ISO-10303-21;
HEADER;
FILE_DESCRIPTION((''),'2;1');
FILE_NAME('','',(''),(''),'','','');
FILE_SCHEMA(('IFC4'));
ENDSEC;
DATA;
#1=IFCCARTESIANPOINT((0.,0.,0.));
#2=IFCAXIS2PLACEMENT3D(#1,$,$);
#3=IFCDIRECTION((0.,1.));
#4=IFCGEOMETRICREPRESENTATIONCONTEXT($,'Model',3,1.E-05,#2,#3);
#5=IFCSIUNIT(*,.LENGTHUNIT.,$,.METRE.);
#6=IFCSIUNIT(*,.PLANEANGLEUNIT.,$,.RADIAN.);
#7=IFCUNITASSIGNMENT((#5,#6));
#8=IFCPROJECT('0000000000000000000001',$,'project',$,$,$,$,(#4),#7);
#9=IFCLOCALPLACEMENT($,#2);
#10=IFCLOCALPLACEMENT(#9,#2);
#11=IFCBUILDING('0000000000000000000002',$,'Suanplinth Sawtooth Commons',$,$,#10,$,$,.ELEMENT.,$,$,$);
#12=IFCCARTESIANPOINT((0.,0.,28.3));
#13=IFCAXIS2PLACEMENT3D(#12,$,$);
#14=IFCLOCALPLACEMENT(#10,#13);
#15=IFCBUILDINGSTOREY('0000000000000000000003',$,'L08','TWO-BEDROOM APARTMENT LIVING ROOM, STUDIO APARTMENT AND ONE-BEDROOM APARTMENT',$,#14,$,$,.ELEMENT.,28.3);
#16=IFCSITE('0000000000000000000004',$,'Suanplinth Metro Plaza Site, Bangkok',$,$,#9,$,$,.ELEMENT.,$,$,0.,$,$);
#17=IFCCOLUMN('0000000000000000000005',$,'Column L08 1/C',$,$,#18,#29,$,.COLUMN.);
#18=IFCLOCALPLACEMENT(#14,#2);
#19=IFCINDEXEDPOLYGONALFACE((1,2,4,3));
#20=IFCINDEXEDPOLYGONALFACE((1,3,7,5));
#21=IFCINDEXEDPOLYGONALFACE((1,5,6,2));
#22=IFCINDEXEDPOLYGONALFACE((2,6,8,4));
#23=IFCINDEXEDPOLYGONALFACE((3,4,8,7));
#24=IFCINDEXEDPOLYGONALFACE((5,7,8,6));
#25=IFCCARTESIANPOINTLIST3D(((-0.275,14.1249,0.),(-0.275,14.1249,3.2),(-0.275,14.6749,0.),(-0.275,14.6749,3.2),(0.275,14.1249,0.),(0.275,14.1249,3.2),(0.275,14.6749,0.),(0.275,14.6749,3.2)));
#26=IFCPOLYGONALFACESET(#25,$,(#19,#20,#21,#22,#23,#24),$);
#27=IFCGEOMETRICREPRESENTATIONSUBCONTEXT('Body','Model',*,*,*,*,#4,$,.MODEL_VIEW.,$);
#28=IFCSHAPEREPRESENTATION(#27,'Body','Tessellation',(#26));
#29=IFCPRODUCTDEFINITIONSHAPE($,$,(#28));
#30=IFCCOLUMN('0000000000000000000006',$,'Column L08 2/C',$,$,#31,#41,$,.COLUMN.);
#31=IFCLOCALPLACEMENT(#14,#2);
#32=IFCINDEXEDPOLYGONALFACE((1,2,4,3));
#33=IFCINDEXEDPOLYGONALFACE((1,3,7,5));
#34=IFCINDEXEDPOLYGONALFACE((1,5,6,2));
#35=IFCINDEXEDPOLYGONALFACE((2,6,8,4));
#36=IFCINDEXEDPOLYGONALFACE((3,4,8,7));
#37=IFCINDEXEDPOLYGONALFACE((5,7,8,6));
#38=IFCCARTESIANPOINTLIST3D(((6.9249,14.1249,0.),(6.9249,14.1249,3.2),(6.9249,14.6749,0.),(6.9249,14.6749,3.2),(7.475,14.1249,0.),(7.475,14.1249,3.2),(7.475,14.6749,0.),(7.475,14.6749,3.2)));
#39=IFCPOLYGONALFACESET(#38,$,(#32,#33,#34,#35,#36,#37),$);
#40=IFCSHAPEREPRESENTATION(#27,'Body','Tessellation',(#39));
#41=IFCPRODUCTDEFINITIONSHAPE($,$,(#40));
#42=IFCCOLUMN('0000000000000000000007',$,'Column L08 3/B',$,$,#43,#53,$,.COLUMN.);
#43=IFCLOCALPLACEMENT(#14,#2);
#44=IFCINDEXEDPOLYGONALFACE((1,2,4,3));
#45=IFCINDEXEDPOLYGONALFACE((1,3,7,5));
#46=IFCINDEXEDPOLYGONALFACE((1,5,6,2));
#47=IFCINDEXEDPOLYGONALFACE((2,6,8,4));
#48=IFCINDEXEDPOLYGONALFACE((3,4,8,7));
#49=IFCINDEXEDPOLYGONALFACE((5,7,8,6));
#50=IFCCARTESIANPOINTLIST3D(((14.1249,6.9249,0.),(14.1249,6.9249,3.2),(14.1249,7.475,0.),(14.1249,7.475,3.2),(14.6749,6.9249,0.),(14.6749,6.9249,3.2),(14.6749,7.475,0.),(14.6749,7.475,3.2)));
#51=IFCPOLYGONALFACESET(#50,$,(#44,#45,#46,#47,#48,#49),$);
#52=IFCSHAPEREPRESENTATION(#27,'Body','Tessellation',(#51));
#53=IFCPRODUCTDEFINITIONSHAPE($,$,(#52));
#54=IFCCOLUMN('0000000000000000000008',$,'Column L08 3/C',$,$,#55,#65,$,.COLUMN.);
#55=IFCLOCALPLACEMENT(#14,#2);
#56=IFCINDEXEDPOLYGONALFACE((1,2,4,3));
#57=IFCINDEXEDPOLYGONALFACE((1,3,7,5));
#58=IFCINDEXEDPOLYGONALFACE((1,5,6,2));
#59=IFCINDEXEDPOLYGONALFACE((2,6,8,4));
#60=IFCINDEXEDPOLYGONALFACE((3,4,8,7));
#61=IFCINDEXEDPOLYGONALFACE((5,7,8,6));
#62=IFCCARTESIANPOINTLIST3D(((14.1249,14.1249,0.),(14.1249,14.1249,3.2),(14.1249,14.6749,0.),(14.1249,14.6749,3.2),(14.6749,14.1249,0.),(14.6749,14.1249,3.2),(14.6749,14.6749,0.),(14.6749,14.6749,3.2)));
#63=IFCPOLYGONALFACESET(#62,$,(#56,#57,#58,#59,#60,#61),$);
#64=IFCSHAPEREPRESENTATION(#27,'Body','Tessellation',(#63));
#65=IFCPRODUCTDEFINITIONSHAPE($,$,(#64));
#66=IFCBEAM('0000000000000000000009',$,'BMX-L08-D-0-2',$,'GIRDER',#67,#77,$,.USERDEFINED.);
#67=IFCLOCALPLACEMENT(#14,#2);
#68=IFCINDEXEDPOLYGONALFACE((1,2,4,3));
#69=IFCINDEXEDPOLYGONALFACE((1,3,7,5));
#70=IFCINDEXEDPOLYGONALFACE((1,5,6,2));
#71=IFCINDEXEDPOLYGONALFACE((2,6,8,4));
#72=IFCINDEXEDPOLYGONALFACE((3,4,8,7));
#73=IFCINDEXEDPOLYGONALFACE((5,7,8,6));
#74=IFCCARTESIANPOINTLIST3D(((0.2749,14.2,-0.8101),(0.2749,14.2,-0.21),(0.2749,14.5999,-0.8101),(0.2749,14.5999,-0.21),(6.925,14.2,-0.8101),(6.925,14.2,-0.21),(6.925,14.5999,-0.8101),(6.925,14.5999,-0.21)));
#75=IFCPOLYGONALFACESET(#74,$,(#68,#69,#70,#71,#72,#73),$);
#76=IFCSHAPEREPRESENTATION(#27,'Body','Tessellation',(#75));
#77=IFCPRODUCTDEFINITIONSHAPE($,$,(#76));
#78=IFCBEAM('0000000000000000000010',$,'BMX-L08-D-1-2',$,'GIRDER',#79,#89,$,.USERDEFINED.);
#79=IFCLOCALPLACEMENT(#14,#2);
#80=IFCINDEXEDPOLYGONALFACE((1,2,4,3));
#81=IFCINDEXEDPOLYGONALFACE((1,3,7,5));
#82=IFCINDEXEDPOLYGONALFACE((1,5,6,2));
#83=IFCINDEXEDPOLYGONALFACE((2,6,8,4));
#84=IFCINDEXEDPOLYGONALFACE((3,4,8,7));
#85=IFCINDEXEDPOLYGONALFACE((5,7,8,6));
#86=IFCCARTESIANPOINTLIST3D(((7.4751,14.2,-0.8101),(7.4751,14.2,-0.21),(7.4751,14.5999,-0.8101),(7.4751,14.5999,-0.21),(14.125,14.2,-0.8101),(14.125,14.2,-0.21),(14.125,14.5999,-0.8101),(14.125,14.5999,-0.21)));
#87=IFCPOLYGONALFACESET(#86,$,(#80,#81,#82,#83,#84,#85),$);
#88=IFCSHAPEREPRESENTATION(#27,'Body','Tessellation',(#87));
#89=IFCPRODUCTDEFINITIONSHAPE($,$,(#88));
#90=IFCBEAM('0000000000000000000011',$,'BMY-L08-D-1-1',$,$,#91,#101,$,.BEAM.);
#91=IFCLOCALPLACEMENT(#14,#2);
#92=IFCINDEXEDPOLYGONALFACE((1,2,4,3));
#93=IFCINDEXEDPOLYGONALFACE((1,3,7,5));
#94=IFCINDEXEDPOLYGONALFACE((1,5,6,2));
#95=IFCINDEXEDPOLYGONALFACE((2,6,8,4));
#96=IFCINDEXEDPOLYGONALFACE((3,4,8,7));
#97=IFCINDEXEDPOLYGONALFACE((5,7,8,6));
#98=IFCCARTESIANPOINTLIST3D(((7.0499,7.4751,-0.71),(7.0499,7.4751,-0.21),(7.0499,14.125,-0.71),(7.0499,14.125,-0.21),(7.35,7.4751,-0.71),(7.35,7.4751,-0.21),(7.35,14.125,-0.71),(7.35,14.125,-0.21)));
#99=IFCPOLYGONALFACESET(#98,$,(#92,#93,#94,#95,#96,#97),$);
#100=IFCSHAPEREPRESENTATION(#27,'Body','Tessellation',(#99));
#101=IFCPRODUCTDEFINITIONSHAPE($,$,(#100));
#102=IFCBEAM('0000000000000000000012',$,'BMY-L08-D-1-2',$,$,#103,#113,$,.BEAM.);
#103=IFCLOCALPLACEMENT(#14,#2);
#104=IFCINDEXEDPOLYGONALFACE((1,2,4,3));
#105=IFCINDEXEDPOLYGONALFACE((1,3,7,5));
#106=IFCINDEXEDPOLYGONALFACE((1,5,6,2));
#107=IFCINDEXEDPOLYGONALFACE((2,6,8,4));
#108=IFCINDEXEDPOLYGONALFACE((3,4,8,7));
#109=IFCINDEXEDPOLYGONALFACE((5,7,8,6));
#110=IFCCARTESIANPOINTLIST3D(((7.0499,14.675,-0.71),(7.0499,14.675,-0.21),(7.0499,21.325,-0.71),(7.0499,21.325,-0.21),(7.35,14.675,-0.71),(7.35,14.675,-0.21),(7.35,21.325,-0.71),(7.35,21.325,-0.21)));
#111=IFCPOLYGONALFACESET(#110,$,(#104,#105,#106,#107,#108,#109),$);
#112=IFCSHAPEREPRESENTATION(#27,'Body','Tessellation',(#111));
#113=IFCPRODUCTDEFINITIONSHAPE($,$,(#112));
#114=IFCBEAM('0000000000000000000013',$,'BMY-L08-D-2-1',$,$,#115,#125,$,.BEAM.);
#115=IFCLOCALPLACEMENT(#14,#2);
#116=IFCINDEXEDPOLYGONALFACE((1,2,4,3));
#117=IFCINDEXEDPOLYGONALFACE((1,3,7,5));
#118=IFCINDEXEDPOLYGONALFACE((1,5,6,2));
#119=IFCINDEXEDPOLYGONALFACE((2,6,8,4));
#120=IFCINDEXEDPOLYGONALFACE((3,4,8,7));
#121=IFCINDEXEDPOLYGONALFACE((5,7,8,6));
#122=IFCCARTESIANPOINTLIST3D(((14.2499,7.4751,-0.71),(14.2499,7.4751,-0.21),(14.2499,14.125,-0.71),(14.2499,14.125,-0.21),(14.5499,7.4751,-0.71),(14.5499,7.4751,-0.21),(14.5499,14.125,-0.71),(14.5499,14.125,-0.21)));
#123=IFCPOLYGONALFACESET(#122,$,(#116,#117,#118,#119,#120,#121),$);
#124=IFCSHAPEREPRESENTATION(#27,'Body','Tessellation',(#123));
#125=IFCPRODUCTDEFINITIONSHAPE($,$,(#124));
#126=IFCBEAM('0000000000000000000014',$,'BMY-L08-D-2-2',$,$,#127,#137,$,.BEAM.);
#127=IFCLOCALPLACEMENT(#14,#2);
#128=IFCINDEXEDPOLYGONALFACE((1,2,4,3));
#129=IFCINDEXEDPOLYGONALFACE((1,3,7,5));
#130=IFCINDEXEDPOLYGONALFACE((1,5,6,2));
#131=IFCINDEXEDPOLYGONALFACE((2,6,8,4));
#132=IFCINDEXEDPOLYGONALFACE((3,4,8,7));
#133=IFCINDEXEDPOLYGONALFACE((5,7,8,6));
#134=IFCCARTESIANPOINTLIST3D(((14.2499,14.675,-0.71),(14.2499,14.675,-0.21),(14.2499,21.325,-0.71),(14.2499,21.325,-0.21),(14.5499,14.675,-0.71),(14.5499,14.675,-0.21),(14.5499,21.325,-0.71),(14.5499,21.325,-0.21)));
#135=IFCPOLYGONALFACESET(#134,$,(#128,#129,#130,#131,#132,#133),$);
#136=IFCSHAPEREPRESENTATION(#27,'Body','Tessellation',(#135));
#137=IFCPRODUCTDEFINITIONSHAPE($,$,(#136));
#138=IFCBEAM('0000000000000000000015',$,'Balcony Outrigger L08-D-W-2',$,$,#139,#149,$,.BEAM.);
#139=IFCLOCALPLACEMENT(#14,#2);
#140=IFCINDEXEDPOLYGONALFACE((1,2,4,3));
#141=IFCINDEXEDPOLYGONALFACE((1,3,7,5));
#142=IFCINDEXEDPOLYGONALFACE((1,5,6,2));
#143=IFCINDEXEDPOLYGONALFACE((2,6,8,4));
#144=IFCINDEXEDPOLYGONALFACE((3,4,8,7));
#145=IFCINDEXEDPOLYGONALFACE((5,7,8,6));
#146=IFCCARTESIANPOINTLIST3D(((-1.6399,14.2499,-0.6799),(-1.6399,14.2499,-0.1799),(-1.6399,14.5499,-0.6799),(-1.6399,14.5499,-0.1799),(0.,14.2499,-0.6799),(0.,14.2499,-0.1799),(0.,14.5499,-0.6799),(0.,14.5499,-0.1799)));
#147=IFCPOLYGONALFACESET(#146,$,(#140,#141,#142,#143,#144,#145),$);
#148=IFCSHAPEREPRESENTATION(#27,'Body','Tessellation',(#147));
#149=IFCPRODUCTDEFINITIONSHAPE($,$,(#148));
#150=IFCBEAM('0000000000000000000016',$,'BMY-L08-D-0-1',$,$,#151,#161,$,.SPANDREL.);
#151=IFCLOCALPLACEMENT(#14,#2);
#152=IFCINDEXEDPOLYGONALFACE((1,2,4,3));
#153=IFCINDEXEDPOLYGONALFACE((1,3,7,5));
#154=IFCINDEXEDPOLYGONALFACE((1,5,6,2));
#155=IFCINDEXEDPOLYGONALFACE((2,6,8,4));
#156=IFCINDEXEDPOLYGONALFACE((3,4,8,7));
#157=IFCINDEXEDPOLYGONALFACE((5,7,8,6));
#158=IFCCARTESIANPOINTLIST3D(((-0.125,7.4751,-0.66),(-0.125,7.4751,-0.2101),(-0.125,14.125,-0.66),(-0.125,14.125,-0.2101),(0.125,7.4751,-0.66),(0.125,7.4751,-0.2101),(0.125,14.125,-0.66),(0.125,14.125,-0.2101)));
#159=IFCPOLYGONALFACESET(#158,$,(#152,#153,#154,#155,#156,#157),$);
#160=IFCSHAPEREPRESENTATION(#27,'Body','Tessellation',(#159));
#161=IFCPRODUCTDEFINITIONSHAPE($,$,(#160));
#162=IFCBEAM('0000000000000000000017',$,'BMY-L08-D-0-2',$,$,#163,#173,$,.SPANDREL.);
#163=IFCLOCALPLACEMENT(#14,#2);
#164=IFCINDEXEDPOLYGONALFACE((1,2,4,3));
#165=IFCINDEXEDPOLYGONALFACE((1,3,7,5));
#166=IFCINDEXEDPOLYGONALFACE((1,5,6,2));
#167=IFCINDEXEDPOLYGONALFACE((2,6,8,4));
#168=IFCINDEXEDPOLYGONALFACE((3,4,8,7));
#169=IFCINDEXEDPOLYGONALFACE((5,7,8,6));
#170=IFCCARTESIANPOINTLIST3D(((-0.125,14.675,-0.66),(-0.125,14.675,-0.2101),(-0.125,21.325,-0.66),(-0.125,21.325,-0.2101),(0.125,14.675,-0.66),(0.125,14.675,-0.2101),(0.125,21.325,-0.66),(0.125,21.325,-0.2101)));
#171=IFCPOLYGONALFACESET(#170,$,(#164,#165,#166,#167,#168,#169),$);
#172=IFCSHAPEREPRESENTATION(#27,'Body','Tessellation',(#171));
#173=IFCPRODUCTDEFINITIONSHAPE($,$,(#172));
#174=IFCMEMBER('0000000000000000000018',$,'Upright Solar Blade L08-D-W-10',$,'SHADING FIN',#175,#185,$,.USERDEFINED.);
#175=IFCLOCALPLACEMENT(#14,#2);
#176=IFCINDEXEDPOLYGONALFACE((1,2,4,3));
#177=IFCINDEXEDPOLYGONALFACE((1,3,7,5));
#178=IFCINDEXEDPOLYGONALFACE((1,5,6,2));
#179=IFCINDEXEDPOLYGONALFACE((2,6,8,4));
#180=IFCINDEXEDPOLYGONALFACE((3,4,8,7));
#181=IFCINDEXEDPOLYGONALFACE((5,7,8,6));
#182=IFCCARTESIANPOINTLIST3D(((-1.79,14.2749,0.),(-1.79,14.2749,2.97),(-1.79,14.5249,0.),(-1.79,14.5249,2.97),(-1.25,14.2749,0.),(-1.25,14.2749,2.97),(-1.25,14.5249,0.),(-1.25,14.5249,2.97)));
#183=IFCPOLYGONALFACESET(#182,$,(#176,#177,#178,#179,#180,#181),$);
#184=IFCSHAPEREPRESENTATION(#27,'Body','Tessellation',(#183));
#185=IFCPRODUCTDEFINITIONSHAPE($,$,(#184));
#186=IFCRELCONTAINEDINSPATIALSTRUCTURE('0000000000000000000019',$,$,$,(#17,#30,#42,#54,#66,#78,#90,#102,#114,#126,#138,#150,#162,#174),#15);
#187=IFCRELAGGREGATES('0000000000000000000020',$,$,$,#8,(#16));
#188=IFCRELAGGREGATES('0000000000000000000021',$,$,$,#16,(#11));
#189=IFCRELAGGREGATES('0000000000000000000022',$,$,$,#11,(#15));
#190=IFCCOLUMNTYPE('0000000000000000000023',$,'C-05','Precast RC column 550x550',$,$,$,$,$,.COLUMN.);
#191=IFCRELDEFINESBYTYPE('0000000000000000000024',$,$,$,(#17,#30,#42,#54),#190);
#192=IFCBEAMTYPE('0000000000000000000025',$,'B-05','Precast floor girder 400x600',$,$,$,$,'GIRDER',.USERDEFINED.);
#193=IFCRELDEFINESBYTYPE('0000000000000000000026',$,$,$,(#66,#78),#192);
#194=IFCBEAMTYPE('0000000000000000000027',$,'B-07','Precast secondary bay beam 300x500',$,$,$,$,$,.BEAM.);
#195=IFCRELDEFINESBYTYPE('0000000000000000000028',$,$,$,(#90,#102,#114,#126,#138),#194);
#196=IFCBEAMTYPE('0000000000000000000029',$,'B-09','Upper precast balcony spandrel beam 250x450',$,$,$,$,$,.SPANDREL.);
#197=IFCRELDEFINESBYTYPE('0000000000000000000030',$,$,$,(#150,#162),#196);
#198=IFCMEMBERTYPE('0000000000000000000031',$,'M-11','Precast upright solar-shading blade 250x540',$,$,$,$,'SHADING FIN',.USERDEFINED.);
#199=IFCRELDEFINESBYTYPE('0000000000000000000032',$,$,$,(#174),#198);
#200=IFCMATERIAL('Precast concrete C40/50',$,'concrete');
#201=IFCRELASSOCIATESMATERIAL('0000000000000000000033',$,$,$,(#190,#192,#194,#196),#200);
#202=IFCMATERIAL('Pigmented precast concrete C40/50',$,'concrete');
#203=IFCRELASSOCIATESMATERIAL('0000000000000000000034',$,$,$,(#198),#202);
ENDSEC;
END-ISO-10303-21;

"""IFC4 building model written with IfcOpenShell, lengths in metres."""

from ifc_helpers import new_model, si_unit, direction, frame, origin, origin_2d, place, context, subcontext, project, spatial, rectangle, extrude, material, material_profile, profile_set, type_object, element, save


model = new_model("IFC4")

# Units and contexts
model_context = context("Model", 3, precision=1e-05, world=origin(), true_north=direction((0.0, 1.0)))
body_context = subcontext(model_context, "Body", "Model", "MODEL_VIEW")
ifc_project = project(units=[si_unit("LENGTHUNIT", "METRE"), si_unit("PLANEANGLEUNIT", "RADIAN")], contexts=[model_context])

# Site, building, storey
site_placement = place(None, origin())
site = spatial("IfcSite", under=ifc_project, at=site_placement, Name="Suanplinth Metro Plaza Site, Bangkok", CompositionType="ELEMENT", RefElevation=0.0)
building_placement = place(site_placement, origin())
building = spatial("IfcBuilding", under=site, at=building_placement, Name="Suanplinth Sawtooth Commons", CompositionType="ELEMENT")
storey_placement = place(building_placement, frame((0.0, 0.0, 28.3)))
storey = spatial("IfcBuildingStorey", under=building, at=storey_placement, Name="L08", Description="TWO-BEDROOM APARTMENT LIVING ROOM, STUDIO APARTMENT AND ONE-BEDROOM APARTMENT", CompositionType="ELEMENT", Elevation=28.3)

# Columns
ifc_material_1 = material(Name="Precast concrete C40/50", Category="concrete")
ifc_material_profile_1 = material_profile(ifc_material_1, rectangle(XDim=0.55, YDim=0.55, at=origin_2d()), Name="PC-COL 550x550")
ifc_profile_set_1 = profile_set([ifc_material_profile_1], Name="Precast concrete C40/50")
column_type = type_object("IfcColumnType", Name="C-05", Description="Precast RC column 550x550", PredefinedType="COLUMN", material=ifc_profile_set_1)
for number, where, z_axis, x_axis, name in (
    (1, (0.0, 14.3999, 0.0), (0.0, 0.0, 1.0), (1.0, 0.0, 0.0), "Column L08 1/C"),
    (2, (7.2, 14.3999, 0.0), (0.0, 0.0, 1.0), (1.0, 0.0, 0.0), "Column L08 2/C"),
    (3, (14.3999, 7.2, 0.0), (0.0, 0.0, 1.0), (1.0, 0.0, 0.0), "Column L08 3/B"),
    (4, (14.3999, 14.3999, 0.0), (0.0, 0.0, 1.0), (1.0, 0.0, 0.0), "Column L08 3/C"),
):
    element("IfcColumn", number, at=place(storey_placement, frame(where, z_axis=z_axis, x_axis=x_axis)), inside=storey, type_object=column_type, Name=name, PredefinedType="COLUMN", context=body_context, shape_type="SweptSolid", body=[
        extrude(rectangle(XDim=0.55, YDim=0.55, at=origin_2d()), origin(), (0.0, 0.0, 1.0), 3.2),
    ])

# Beams
ifc_material_profile_2 = material_profile(ifc_material_1, rectangle(XDim=0.3999, YDim=0.6001, at=origin_2d()), Name="PC-GDR 400x600")
ifc_profile_set_2 = profile_set([ifc_material_profile_2], Name="Precast concrete C40/50")
beam_type_1 = type_object("IfcBeamType", Name="B-05", Description="Precast floor girder 400x600", ElementType="GIRDER", PredefinedType="USERDEFINED", material=ifc_profile_set_2)
beam_1_placement = place(storey_placement, frame((0.2749, 14.3999, -0.51), z_axis=(1.0, 0.0, 0.0), x_axis=(0.0, 1.0, 0.0)))
element("IfcBeam", 5, at=beam_1_placement, inside=storey, type_object=beam_type_1, Name="BMX-L08-D-0-2", ObjectType="GIRDER", PredefinedType="USERDEFINED", context=body_context, shape_type="SweptSolid", body=[
    extrude(rectangle(XDim=0.3999, YDim=0.6001, at=origin_2d()), origin(), (0.0, 0.0, 1.0), 6.6501),
])
beam_2_placement = place(storey_placement, frame((7.4751, 14.3999, -0.51), z_axis=(1.0, 0.0, 0.0), x_axis=(0.0, 1.0, 0.0)))
element("IfcBeam", 6, at=beam_2_placement, inside=storey, type_object=beam_type_1, Name="BMX-L08-D-1-2", ObjectType="GIRDER", PredefinedType="USERDEFINED", context=body_context, shape_type="SweptSolid", body=[
    extrude(rectangle(XDim=0.3999, YDim=0.6001, at=origin_2d()), origin(), (0.0, 0.0, 1.0), 6.6499),
])
ifc_material_profile_3 = material_profile(ifc_material_1, rectangle(XDim=0.3, YDim=0.5, at=origin_2d()), Name="PC-BM 300x500")
ifc_profile_set_3 = profile_set([ifc_material_profile_3], Name="Precast concrete C40/50")
beam_type_2 = type_object("IfcBeamType", Name="B-07", Description="Precast secondary bay beam 300x500", PredefinedType="BEAM", material=ifc_profile_set_3)
for number, where, z_axis, x_axis, name in (
    (7, (7.2, 7.4751, -0.46), (0.0, 1.0, 0.0), (-1.0, 0.0, 0.0), "BMY-L08-D-1-1"),
    (8, (7.2, 14.675, -0.46), (0.0, 1.0, 0.0), (-1.0, 0.0, 0.0), "BMY-L08-D-1-2"),
    (9, (14.3999, 7.4751, -0.46), (0.0, 1.0, 0.0), (-1.0, 0.0, 0.0), "BMY-L08-D-2-1"),
    (10, (14.3999, 14.675, -0.46), (0.0, 1.0, 0.0), (-1.0, 0.0, 0.0), "BMY-L08-D-2-2"),
):
    element("IfcBeam", number, at=place(storey_placement, frame(where, z_axis=z_axis, x_axis=x_axis)), inside=storey, type_object=beam_type_2, Name=name, PredefinedType="BEAM", context=body_context, shape_type="SweptSolid", body=[
        extrude(rectangle(XDim=0.3, YDim=0.5, at=origin_2d()), origin(), (0.0, 0.0, 1.0), 6.6499),
    ])
beam_3_placement = place(storey_placement, frame((0.0, 14.3999, -0.4299), z_axis=(-1.0, 0.0, 0.0), x_axis=(0.0, -1.0, 0.0)))
element("IfcBeam", 11, at=beam_3_placement, inside=storey, type_object=beam_type_2, Name="Balcony Outrigger L08-D-W-2", PredefinedType="BEAM", context=body_context, shape_type="SweptSolid", body=[
    extrude(rectangle(XDim=0.3, YDim=0.5, at=origin_2d()), origin(), (0.0, 0.0, 1.0), 1.6399),
])
ifc_material_profile_4 = material_profile(ifc_material_1, rectangle(XDim=0.25, YDim=0.45, at=origin_2d()), Name="PC-SP 250x450")
ifc_profile_set_4 = profile_set([ifc_material_profile_4], Name="Precast concrete C40/50")
beam_type_3 = type_object("IfcBeamType", Name="B-09", Description="Upper precast balcony spandrel beam 250x450", PredefinedType="SPANDREL", material=ifc_profile_set_4)
for number, where, z_axis, x_axis, name in (
    (12, (0.0, 7.4751, -0.4351), (0.0, 1.0, 0.0), (-1.0, 0.0, 0.0), "BMY-L08-D-0-1"),
    (13, (0.0, 14.675, -0.4351), (0.0, 1.0, 0.0), (-1.0, 0.0, 0.0), "BMY-L08-D-0-2"),
):
    element("IfcBeam", number, at=place(storey_placement, frame(where, z_axis=z_axis, x_axis=x_axis)), inside=storey, type_object=beam_type_3, Name=name, PredefinedType="SPANDREL", context=body_context, shape_type="SweptSolid", body=[
        extrude(rectangle(XDim=0.25, YDim=0.45, at=origin_2d()), origin(), (0.0, 0.0, 1.0), 6.6499),
    ])

# Member
ifc_material_2 = material(Name="Pigmented precast concrete C40/50", Category="concrete")
ifc_material_profile_5 = material_profile(ifc_material_2, rectangle(XDim=0.25, YDim=0.54, at=origin_2d()), Name="PC-FIN 250x540")
ifc_profile_set_5 = profile_set([ifc_material_profile_5], Name="Pigmented precast concrete C40/50")
member_type = type_object("IfcMemberType", Name="M-11", Description="Precast upright solar-shading blade 250x540", ElementType="SHADING FIN", PredefinedType="USERDEFINED", material=ifc_profile_set_5)
member_placement = place(storey_placement, frame((-1.52, 14.3999, 0.0), z_axis=(0.0, 0.0, 1.0), x_axis=(0.0, 1.0, 0.0)))
element("IfcMember", 14, at=member_placement, inside=storey, type_object=member_type, Name="Upright Solar Blade L08-D-W-10", ObjectType="SHADING FIN", PredefinedType="USERDEFINED", context=body_context, shape_type="SweptSolid", body=[
    extrude(rectangle(XDim=0.25, YDim=0.54, at=origin_2d()), origin(), (0.0, 0.0, 1.0), 2.97),
])

save(model, "model.ifc")
